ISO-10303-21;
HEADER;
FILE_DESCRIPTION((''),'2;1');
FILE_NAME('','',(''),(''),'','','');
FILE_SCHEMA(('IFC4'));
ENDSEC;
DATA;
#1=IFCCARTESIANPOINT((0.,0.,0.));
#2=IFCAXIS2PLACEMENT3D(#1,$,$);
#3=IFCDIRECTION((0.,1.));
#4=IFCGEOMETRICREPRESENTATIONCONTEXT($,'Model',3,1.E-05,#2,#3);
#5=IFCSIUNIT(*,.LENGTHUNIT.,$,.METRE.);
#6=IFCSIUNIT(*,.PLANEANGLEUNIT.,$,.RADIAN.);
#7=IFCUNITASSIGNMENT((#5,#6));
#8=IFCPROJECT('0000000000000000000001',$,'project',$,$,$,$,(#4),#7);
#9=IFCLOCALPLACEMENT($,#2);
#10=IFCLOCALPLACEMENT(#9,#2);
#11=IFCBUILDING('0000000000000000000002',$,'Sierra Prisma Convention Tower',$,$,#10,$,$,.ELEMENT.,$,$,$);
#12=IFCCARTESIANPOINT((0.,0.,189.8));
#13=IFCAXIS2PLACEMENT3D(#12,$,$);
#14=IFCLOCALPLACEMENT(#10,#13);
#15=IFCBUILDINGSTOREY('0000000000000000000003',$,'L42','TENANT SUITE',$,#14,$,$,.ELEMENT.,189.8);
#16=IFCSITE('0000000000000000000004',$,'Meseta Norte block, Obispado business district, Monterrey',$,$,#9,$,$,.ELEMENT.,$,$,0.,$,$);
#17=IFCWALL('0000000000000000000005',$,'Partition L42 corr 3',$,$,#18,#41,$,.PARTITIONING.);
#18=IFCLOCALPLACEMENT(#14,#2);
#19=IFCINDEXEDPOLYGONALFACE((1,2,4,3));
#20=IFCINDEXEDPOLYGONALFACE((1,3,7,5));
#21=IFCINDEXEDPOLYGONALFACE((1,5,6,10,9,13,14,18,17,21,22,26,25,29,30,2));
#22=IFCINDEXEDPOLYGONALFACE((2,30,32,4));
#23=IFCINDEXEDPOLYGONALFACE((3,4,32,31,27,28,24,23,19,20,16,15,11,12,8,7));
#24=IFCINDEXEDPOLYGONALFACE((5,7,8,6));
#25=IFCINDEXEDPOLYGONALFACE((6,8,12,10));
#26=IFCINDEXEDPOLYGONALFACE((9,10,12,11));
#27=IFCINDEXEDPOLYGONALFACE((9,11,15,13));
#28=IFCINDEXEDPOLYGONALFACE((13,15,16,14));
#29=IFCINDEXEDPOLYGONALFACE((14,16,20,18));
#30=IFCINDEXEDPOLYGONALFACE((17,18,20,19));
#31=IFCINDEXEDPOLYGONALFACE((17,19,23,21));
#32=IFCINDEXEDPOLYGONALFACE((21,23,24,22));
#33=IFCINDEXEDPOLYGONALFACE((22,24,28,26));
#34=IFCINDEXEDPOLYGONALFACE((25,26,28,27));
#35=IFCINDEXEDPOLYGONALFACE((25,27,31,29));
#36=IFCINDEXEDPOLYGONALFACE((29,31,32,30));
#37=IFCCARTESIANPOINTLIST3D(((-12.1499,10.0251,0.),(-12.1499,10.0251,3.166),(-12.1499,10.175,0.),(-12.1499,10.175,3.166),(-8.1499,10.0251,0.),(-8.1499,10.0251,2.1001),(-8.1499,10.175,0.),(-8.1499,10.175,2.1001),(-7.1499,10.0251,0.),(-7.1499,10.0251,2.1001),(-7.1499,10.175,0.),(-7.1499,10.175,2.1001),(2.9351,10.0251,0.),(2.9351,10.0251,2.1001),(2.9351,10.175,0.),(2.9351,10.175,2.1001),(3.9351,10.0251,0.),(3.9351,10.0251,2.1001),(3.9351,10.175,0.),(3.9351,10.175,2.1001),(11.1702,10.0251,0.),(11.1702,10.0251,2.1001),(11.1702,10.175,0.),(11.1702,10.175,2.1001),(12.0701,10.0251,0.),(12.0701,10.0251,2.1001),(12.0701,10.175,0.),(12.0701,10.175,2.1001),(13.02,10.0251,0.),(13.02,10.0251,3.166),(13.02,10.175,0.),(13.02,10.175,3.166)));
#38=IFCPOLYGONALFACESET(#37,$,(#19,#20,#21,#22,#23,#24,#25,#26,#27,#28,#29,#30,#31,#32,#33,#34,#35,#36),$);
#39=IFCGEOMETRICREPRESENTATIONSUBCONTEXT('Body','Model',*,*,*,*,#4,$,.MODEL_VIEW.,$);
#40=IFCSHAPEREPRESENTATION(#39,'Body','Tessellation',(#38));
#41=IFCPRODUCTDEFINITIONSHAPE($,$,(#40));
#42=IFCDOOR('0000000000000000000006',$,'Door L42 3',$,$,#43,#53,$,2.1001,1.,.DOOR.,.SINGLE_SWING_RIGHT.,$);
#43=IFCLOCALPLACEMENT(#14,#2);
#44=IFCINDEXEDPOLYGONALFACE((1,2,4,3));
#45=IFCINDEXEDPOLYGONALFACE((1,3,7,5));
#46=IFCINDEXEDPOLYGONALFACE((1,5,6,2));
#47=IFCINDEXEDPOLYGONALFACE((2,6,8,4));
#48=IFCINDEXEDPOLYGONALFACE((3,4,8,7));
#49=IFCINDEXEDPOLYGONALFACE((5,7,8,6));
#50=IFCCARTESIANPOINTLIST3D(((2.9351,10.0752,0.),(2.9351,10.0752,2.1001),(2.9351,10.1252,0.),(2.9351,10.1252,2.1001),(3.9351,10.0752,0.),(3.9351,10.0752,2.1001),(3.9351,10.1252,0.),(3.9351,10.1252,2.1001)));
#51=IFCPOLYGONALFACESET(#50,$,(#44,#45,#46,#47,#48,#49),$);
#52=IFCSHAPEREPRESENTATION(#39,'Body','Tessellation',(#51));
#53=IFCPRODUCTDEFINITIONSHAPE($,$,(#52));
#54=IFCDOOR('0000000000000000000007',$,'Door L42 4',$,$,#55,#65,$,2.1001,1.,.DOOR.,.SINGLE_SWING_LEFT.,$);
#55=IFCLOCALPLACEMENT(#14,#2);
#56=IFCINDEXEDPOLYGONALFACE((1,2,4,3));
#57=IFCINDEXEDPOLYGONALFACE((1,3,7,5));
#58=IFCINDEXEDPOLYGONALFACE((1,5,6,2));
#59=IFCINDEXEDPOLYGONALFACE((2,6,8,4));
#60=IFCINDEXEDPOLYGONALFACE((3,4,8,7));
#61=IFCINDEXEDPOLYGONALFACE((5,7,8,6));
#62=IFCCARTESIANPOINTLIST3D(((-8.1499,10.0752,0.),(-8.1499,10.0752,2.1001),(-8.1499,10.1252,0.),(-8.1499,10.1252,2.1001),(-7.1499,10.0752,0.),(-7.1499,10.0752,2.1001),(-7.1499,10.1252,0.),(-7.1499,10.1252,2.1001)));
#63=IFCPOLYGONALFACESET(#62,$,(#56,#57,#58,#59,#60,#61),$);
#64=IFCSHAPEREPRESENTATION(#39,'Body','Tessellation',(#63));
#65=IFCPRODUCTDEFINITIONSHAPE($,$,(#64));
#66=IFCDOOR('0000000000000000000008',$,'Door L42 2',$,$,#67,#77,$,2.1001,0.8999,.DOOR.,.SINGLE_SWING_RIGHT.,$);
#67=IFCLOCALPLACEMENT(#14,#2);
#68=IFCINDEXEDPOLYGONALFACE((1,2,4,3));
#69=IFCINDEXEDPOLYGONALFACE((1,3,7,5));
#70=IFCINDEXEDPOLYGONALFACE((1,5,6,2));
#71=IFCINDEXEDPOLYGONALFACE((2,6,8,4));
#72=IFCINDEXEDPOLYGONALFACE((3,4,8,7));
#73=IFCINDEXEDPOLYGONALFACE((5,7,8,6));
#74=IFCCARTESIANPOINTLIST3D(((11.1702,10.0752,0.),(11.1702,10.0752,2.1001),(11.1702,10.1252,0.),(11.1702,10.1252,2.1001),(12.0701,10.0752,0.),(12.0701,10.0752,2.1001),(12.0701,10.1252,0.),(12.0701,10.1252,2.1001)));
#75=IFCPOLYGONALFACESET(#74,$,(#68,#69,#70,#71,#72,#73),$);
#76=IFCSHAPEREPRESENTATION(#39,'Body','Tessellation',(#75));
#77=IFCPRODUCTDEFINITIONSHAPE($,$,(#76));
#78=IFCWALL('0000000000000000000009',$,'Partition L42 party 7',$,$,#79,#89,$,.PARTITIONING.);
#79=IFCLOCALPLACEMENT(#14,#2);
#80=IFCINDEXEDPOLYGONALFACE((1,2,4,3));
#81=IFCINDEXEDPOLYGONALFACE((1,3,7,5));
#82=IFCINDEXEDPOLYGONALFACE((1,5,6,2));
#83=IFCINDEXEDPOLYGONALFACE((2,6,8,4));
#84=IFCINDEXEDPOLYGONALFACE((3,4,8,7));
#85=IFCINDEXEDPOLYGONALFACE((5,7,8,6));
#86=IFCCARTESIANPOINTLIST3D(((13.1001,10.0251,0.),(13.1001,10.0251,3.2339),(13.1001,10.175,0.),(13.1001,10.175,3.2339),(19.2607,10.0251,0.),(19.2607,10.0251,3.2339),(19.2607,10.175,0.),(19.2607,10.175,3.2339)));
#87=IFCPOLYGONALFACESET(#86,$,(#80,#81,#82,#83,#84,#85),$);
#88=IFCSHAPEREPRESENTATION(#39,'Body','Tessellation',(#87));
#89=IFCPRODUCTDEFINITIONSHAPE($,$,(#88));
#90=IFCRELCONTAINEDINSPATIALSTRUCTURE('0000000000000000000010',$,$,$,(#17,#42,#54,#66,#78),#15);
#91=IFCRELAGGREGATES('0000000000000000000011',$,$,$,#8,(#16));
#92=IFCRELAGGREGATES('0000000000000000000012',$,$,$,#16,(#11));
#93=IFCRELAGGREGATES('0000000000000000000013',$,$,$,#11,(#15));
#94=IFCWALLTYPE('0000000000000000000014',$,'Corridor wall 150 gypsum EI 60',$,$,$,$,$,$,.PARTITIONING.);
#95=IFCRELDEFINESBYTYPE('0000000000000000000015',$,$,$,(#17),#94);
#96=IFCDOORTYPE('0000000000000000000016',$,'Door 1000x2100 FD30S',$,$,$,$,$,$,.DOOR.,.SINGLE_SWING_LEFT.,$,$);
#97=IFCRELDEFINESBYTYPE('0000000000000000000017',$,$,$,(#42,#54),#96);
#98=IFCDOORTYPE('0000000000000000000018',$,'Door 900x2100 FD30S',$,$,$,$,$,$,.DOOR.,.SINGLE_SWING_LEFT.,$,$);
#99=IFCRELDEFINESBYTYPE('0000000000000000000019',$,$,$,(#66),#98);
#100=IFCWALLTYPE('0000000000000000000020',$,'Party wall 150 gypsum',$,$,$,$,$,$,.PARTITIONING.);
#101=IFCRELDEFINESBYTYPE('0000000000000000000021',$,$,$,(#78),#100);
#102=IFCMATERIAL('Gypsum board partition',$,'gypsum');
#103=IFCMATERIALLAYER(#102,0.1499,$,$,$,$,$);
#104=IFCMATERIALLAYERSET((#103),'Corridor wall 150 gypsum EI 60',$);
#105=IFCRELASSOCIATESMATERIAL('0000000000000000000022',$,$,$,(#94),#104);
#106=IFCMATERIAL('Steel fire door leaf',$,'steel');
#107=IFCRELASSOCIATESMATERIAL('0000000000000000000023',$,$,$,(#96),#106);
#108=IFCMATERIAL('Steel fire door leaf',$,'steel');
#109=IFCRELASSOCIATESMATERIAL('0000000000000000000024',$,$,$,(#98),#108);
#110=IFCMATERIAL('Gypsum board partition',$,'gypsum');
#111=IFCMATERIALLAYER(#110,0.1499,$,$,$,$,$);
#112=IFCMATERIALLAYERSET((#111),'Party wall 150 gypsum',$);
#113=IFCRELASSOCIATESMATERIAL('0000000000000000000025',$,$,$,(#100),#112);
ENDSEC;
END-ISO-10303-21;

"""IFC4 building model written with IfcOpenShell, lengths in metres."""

from ifc_helpers import new_model, si_unit, direction, frame, frame_2d, origin, place, context, subcontext, project, spatial, rectangle, extrude, material, layer, layer_set, type_object, element, fill, save


model = new_model("IFC4")

# Units and contexts
model_context = context("Model", 3, precision=1e-05, world=origin(), true_north=direction((0.0, 1.0)))
body_context = subcontext(model_context, "Body", "Model", "MODEL_VIEW")
ifc_project = project(units=[si_unit("LENGTHUNIT", "METRE"), si_unit("PLANEANGLEUNIT", "RADIAN")], contexts=[model_context])

# Site, building, storey
site_placement = place(None, origin())
site = spatial("IfcSite", under=ifc_project, at=site_placement, Name="Meseta Norte block, Obispado business district, Monterrey", CompositionType="ELEMENT", RefElevation=0.0)
building_placement = place(site_placement, origin())
building = spatial("IfcBuilding", under=site, at=building_placement, Name="Sierra Prisma Convention Tower", CompositionType="ELEMENT")
storey_placement = place(building_placement, frame((0.0, 0.0, 189.8)))
storey = spatial("IfcBuildingStorey", under=building, at=storey_placement, Name="L42", Description="TENANT SUITE", CompositionType="ELEMENT", Elevation=189.8)

# Wall, openings, doors
ifc_material_1 = material(Name="Gypsum board partition", Category="gypsum")
ifc_layer_1 = layer(ifc_material_1, 0.1499)
ifc_layer_set_1 = layer_set([ifc_layer_1], Name="Corridor wall 150 gypsum EI 60")
wall_type_1 = type_object("IfcWallType", Name="Corridor wall 150 gypsum EI 60", PredefinedType="PARTITIONING", material=ifc_layer_set_1)
wall_1_placement = place(storey_placement, frame((13.02, 10.1001, 0.0), z_axis=(0.0, 0.0, 1.0), x_axis=(-1.0, 0.0, 0.0)))
wall_1 = element("IfcWall", 1, at=wall_1_placement, inside=storey, type_object=wall_type_1, Name="Partition L42 corr 3", PredefinedType="PARTITIONING", context=body_context, shape_type="SweptSolid", body=[
    extrude(rectangle(XDim=25.1699, YDim=0.1499, at=frame_2d((12.585, 0.0))), origin(), (0.0, 0.0, 1.0), 3.166),
])
opening_1_placement = place(wall_1_placement, frame((0.95, 0.0, 0.0)))
opening_1 = element("IfcOpeningElement", 2, at=opening_1_placement, cuts=wall_1, PredefinedType="OPENING", context=body_context, shape_type="SweptSolid", body=[
    extrude(rectangle(XDim=0.8999, YDim=2.1001, at=frame_2d((0.45, 1.05))), frame((0.0, 0.075, 0.0), z_axis=(0.0, -1.0, 0.0), x_axis=(1.0, 0.0, 0.0)), (0.0, 0.0, 1.0), 0.1499),
])
opening_2_placement = place(wall_1_placement, frame((9.085, 0.0, 0.0)))
opening_2 = element("IfcOpeningElement", 3, at=opening_2_placement, cuts=wall_1, PredefinedType="OPENING", context=body_context, shape_type="SweptSolid", body=[
    extrude(rectangle(XDim=1.0, YDim=2.1001, at=frame_2d((0.5, 1.05))), frame((0.0, 0.075, 0.0), z_axis=(0.0, -1.0, 0.0), x_axis=(1.0, 0.0, 0.0)), (0.0, 0.0, 1.0), 0.1499),
])
opening_3_placement = place(wall_1_placement, frame((20.1699, 0.0, 0.0)))
opening_3 = element("IfcOpeningElement", 4, at=opening_3_placement, cuts=wall_1, PredefinedType="OPENING", context=body_context, shape_type="SweptSolid", body=[
    extrude(rectangle(XDim=1.0, YDim=2.1001, at=frame_2d((0.5, 1.05))), frame((0.0, 0.075, 0.0), z_axis=(0.0, -1.0, 0.0), x_axis=(1.0, 0.0, 0.0)), (0.0, 0.0, 1.0), 0.1499),
])
ifc_material_2 = material(Name="Steel fire door leaf", Category="steel")
door_type_1 = type_object("IfcDoorType", Name="Door 1000x2100 FD30S", OperationType="SINGLE_SWING_LEFT", PredefinedType="DOOR", material=ifc_material_2)
door_1_placement = place(opening_2_placement, origin())
door_1 = element("IfcDoor", 5, at=door_1_placement, inside=storey, type_object=door_type_1, Name="Door L42 3", OperationType="SINGLE_SWING_RIGHT", OverallHeight=2.1001, OverallWidth=1.0, PredefinedType="DOOR", context=body_context, shape_type="SweptSolid", body=[
    extrude(rectangle(XDim=1.0, YDim=2.1001, at=frame_2d((0.5, 1.05))), frame((0.0, 0.0249, 0.0), z_axis=(0.0, -1.0, 0.0), x_axis=(1.0, 0.0, 0.0)), (0.0, 0.0, 1.0), 0.05),
])
fill(opening_2, door_1)
door_2_placement = place(opening_3_placement, origin())
door_2 = element("IfcDoor", 6, at=door_2_placement, inside=storey, type_object=door_type_1, Name="Door L42 4", OperationType="SINGLE_SWING_LEFT", OverallHeight=2.1001, OverallWidth=1.0, PredefinedType="DOOR", context=body_context, shape_type="SweptSolid", body=[
    extrude(rectangle(XDim=1.0, YDim=2.1001, at=frame_2d((0.5, 1.05))), frame((0.0, 0.0249, 0.0), z_axis=(0.0, -1.0, 0.0), x_axis=(1.0, 0.0, 0.0)), (0.0, 0.0, 1.0), 0.05),
])
fill(opening_3, door_2)
ifc_material_3 = material(Name="Steel fire door leaf", Category="steel")
door_type_2 = type_object("IfcDoorType", Name="Door 900x2100 FD30S", OperationType="SINGLE_SWING_LEFT", PredefinedType="DOOR", material=ifc_material_3)
door_3_placement = place(opening_1_placement, origin())
door_3 = element("IfcDoor", 7, at=door_3_placement, inside=storey, type_object=door_type_2, Name="Door L42 2", OperationType="SINGLE_SWING_RIGHT", OverallHeight=2.1001, OverallWidth=0.8999, PredefinedType="DOOR", context=body_context, shape_type="SweptSolid", body=[
    extrude(rectangle(XDim=0.8999, YDim=2.1001, at=frame_2d((0.45, 1.05))), frame((0.0, 0.0249, 0.0), z_axis=(0.0, -1.0, 0.0), x_axis=(1.0, 0.0, 0.0)), (0.0, 0.0, 1.0), 0.05),
])
fill(opening_1, door_3)

# Wall
ifc_material_4 = material(Name="Gypsum board partition", Category="gypsum")
ifc_layer_2 = layer(ifc_material_4, 0.1499)
ifc_layer_set_2 = layer_set([ifc_layer_2], Name="Party wall 150 gypsum")
wall_type_2 = type_object("IfcWallType", Name="Party wall 150 gypsum", PredefinedType="PARTITIONING", material=ifc_layer_set_2)
wall_2_placement = place(storey_placement, frame((13.1001, 10.1001, 0.0), z_axis=(0.0, 0.0, 1.0), x_axis=(1.0, 0.0, 0.0)))
element("IfcWall", 8, at=wall_2_placement, inside=storey, type_object=wall_type_2, Name="Partition L42 party 7", PredefinedType="PARTITIONING", context=body_context, shape_type="SweptSolid", body=[
    extrude(rectangle(XDim=6.1606, YDim=0.1499, at=frame_2d((3.0803, 0.0))), origin(), (0.0, 0.0, 1.0), 3.2339),
])

save(model, "model.ifc")
